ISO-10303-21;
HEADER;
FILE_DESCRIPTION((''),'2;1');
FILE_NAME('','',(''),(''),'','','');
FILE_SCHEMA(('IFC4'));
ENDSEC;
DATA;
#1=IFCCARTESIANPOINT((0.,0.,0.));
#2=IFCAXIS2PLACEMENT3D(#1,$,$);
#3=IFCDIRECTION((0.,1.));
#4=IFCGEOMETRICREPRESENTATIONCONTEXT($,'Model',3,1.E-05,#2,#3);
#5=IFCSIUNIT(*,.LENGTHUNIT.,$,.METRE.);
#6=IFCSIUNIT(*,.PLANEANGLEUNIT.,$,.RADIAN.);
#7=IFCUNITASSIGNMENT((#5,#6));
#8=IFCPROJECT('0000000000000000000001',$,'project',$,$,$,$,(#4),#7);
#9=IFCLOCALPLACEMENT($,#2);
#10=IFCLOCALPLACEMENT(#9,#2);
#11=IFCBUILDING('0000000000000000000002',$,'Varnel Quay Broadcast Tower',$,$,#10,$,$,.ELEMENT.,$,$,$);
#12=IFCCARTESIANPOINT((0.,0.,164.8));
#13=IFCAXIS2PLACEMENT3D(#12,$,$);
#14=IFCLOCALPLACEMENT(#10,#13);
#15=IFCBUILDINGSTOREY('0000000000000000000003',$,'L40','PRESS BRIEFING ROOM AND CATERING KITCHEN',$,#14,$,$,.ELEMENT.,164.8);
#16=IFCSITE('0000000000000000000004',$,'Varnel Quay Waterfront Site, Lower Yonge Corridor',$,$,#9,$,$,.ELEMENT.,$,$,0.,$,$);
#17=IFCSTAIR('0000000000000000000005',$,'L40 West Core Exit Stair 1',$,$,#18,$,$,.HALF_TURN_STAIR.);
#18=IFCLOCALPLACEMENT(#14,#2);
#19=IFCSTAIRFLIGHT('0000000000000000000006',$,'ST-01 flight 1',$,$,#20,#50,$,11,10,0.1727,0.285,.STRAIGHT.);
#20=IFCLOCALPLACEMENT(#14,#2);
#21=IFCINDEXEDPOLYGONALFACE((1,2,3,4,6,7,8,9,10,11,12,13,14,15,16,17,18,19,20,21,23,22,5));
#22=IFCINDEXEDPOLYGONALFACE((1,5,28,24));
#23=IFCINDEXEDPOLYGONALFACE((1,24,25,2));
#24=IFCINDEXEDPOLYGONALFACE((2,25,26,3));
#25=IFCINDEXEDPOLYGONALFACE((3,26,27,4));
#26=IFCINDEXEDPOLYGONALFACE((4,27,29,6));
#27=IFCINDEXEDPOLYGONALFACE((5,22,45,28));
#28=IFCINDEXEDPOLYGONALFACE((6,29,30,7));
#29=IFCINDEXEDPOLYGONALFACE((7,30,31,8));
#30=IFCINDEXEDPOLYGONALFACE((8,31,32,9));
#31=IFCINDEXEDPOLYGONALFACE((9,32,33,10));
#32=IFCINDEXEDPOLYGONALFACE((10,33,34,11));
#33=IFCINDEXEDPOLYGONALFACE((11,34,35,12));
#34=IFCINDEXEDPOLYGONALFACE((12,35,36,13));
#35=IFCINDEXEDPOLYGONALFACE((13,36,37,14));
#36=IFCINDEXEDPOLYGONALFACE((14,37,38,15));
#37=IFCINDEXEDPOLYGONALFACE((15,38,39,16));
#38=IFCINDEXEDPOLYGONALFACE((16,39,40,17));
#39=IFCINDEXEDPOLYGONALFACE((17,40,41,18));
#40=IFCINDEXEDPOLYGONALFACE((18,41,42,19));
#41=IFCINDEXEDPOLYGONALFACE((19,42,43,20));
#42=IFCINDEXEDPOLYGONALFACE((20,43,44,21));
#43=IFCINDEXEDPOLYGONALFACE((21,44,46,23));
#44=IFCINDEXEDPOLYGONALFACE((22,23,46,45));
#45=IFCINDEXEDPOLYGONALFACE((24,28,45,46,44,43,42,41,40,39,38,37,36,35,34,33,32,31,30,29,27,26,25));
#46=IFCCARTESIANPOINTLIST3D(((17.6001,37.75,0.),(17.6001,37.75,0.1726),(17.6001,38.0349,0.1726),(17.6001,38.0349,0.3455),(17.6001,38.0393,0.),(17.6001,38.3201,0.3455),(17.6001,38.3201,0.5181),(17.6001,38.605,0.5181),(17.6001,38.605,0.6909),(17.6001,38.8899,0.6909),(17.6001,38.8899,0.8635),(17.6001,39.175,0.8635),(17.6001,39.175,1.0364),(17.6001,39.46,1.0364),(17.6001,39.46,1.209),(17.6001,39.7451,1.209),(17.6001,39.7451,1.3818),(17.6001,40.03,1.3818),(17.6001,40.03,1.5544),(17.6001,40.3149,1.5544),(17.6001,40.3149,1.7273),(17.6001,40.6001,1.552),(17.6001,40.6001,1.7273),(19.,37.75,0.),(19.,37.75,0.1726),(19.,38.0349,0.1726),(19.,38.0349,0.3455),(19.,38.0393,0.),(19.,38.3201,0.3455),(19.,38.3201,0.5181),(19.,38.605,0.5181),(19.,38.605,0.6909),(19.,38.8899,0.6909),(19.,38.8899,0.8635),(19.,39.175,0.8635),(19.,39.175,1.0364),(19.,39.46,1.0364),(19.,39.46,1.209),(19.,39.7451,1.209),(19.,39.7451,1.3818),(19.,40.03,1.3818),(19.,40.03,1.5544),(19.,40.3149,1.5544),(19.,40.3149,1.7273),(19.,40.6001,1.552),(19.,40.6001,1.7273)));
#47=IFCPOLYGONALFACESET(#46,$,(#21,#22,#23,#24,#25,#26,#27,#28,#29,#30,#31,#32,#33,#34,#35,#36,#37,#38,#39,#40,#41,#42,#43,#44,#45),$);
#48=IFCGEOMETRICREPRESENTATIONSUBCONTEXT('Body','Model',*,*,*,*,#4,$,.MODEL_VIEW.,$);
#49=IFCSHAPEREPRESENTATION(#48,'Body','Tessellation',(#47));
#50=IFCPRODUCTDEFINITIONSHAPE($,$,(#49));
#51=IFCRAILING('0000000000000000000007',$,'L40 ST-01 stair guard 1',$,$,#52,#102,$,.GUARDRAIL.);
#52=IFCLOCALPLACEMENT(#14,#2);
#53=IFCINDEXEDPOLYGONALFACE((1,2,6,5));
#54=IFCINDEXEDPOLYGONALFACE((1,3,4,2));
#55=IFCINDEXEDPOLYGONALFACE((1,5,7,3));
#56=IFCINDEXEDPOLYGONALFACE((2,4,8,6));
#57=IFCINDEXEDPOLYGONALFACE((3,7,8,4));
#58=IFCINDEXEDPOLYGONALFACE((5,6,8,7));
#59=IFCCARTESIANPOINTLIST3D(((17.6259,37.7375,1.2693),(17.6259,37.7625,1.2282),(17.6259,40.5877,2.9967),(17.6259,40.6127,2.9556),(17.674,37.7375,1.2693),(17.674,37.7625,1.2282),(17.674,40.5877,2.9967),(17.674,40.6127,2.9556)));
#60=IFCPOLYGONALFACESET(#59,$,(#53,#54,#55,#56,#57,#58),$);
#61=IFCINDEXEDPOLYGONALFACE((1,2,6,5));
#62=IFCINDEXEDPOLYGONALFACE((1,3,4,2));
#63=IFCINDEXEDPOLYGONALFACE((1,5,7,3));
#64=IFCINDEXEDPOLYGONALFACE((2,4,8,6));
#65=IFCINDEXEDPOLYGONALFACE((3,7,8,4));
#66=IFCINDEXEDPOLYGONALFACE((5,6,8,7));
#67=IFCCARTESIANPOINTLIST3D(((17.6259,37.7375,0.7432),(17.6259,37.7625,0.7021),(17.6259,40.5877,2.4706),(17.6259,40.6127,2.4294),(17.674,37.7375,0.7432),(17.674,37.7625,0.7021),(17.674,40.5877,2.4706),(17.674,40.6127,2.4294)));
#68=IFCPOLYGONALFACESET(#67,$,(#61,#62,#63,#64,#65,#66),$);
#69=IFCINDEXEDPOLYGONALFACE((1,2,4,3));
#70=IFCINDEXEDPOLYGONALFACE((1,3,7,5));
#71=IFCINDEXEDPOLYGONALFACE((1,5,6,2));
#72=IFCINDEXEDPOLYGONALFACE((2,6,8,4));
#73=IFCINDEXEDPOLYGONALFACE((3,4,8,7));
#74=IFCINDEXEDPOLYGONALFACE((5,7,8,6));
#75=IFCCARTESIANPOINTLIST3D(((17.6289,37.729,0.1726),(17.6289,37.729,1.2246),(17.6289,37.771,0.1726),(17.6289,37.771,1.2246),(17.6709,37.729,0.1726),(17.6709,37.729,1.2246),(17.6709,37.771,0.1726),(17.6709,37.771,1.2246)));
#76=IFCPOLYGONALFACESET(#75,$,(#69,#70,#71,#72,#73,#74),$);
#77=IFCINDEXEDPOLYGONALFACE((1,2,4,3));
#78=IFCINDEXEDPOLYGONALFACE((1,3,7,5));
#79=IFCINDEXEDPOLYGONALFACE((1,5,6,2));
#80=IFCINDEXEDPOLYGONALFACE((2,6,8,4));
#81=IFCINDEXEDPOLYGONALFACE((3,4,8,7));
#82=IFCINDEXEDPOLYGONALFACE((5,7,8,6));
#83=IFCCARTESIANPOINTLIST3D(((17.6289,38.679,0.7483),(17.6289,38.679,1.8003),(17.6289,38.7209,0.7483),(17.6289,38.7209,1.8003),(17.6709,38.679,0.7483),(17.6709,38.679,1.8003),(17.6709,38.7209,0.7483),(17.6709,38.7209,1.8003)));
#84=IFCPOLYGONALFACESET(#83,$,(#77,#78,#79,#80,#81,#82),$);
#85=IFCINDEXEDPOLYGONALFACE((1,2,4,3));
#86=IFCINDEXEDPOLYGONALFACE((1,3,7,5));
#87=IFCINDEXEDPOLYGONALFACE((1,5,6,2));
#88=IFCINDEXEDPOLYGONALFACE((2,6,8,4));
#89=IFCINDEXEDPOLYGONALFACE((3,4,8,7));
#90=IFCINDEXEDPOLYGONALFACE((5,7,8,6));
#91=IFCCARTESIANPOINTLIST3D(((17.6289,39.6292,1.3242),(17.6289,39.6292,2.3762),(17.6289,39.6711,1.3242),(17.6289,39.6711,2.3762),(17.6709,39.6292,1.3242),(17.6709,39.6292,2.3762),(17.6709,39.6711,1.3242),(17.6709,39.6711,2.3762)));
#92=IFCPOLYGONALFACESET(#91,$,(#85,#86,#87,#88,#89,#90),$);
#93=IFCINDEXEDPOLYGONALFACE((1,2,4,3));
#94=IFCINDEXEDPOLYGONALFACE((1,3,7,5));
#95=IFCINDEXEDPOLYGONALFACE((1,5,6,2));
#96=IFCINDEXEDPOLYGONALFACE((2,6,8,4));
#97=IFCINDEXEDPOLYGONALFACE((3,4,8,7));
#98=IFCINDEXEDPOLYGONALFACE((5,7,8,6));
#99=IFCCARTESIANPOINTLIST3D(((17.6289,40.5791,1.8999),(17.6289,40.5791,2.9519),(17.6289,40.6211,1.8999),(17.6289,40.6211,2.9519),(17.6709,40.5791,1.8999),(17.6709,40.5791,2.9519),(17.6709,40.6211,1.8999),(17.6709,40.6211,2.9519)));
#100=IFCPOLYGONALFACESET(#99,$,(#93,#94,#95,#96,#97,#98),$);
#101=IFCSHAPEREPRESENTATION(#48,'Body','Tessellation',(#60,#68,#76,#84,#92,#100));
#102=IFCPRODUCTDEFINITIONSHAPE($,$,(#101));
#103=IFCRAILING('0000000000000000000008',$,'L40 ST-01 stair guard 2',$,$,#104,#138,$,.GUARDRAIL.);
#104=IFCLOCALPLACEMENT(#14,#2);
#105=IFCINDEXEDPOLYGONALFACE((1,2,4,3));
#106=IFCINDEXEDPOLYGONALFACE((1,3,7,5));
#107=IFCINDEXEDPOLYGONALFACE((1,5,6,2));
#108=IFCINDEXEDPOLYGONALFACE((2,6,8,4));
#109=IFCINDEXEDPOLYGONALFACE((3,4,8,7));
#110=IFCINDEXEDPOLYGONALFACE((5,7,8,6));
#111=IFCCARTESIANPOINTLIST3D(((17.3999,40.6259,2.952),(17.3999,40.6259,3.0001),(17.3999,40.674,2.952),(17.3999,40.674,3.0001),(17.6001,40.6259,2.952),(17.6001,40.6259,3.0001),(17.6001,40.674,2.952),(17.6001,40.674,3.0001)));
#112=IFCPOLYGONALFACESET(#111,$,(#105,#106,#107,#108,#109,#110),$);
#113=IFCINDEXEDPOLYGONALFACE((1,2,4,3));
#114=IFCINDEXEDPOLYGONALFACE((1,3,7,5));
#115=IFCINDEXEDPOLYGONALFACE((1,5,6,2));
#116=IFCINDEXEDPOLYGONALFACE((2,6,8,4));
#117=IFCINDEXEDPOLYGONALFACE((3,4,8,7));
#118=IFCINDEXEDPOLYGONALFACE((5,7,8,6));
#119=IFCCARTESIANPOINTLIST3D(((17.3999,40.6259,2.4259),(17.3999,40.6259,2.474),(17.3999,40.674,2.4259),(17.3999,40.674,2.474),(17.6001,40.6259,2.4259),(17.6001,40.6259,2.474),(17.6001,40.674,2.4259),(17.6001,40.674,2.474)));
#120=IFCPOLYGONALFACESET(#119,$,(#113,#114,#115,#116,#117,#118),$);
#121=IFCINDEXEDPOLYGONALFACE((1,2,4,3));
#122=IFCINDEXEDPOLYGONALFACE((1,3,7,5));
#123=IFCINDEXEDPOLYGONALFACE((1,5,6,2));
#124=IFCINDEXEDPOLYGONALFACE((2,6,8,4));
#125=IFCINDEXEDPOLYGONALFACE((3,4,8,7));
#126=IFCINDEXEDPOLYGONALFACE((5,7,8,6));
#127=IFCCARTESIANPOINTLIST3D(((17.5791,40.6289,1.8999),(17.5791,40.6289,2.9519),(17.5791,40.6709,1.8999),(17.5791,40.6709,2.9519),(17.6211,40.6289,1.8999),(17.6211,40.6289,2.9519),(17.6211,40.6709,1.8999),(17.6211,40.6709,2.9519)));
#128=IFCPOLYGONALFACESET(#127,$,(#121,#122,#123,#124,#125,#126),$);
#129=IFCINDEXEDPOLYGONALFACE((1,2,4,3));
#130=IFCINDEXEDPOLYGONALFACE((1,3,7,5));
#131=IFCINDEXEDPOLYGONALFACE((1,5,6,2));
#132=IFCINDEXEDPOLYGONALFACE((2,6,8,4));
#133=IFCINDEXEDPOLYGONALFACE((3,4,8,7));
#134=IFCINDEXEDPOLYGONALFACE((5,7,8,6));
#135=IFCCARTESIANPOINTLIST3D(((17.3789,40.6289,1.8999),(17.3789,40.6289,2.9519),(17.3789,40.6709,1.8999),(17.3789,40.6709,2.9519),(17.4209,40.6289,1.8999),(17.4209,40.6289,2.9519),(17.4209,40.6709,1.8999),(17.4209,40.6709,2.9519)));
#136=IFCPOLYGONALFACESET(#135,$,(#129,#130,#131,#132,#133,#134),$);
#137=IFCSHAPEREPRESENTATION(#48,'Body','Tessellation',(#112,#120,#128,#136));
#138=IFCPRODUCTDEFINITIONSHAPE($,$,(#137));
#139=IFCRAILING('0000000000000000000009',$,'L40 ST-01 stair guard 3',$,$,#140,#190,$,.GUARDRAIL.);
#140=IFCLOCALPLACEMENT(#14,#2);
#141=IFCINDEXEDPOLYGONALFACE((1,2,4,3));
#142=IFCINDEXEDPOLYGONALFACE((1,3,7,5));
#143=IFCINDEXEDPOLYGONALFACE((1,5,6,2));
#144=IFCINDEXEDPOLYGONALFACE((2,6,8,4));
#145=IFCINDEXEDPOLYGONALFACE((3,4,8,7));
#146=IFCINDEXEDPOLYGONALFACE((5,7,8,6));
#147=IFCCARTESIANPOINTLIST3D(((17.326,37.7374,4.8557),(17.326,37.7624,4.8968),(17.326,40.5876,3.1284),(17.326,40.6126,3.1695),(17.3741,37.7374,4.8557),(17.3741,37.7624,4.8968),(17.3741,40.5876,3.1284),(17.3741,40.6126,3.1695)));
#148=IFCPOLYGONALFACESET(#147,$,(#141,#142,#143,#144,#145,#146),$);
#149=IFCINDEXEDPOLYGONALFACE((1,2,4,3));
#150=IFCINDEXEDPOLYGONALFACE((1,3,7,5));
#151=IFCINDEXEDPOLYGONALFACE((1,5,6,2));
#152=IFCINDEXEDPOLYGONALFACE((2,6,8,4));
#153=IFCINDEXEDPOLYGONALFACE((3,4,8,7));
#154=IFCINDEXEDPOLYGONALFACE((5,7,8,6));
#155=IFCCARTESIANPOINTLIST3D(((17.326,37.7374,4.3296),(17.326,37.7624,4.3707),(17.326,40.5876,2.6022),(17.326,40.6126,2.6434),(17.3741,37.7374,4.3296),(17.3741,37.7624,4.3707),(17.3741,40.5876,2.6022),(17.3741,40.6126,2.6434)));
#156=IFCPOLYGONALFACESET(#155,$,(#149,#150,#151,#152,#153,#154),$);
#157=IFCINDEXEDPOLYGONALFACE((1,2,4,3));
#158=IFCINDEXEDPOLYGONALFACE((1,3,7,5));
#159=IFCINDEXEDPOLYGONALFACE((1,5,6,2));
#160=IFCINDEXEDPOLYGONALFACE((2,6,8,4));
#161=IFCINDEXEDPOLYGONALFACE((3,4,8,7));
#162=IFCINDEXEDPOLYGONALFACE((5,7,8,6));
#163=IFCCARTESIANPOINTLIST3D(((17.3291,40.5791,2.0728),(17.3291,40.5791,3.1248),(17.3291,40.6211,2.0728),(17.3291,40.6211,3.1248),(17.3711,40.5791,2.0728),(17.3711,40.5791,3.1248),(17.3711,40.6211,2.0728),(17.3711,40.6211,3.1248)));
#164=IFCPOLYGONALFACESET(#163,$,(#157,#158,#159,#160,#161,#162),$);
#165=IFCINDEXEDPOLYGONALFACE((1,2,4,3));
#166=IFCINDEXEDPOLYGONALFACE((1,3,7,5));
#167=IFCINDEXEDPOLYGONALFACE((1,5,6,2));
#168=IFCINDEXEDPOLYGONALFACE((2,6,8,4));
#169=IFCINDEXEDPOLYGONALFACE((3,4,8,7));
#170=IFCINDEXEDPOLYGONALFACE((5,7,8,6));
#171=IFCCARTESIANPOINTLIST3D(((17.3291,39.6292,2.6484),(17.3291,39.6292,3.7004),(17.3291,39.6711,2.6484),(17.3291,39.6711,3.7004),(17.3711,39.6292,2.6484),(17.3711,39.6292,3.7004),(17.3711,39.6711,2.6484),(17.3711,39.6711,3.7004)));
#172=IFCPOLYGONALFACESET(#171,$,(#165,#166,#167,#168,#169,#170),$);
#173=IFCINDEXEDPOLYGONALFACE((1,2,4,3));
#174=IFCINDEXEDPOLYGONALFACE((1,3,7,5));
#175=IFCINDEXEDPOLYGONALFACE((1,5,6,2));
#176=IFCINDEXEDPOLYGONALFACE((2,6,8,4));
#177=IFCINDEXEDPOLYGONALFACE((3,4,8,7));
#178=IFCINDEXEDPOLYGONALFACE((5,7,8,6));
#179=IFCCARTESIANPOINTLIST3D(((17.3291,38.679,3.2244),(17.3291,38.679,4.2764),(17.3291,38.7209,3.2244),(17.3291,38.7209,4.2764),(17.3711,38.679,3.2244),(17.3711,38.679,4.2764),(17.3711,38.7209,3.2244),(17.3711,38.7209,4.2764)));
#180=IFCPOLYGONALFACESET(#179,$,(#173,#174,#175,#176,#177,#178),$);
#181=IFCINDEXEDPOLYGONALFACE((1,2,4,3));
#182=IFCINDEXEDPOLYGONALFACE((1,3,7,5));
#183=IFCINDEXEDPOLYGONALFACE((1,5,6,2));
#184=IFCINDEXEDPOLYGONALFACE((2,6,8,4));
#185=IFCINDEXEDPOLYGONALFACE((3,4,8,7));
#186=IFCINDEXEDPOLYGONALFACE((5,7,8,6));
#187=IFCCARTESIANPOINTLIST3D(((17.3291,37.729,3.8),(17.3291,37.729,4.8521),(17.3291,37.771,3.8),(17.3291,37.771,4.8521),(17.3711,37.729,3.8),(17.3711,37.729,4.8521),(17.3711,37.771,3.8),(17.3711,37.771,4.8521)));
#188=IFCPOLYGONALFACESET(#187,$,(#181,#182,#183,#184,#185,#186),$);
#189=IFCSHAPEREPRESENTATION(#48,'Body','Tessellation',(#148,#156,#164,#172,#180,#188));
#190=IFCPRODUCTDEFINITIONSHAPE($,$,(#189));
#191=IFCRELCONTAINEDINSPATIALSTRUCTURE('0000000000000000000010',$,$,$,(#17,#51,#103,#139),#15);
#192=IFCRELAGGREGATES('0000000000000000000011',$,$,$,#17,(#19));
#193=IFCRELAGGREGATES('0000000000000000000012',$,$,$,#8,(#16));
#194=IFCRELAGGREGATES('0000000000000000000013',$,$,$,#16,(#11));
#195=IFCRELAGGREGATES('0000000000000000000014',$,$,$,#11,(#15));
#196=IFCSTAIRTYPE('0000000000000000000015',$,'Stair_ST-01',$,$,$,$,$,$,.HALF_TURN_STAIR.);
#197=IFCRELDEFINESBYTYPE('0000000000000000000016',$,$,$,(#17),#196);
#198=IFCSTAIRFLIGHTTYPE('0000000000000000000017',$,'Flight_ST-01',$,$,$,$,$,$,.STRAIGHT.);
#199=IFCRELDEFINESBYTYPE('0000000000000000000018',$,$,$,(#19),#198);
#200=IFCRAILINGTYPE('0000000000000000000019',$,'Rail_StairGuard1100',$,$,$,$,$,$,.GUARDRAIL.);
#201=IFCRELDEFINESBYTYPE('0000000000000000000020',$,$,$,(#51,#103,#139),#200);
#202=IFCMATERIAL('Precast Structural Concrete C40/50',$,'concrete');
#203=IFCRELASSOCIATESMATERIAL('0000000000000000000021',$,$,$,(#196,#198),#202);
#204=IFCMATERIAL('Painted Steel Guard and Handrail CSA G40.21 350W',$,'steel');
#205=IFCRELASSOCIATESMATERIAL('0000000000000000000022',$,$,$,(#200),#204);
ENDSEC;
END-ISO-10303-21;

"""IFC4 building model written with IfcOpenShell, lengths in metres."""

from ifc_helpers import new_model, si_unit, direction, frame, origin, origin_2d, place, context, subcontext, project, spatial, polyline, rectangle, outline, extrude, material, type_object, element, aggregate, save


model = new_model("IFC4")

# Units and contexts
model_context = context("Model", 3, precision=1e-05, world=origin(), true_north=direction((0.0, 1.0)))
body_context = subcontext(model_context, "Body", "Model", "MODEL_VIEW")
ifc_project = project(units=[si_unit("LENGTHUNIT", "METRE"), si_unit("PLANEANGLEUNIT", "RADIAN")], contexts=[model_context])

# Site, building, storey
site_placement = place(None, origin())
site = spatial("IfcSite", under=ifc_project, at=site_placement, Name="Varnel Quay Waterfront Site, Lower Yonge Corridor", CompositionType="ELEMENT", RefElevation=0.0)
building_placement = place(site_placement, origin())
building = spatial("IfcBuilding", under=site, at=building_placement, Name="Varnel Quay Broadcast Tower", CompositionType="ELEMENT")
storey_placement = place(building_placement, frame((0.0, 0.0, 164.8)))
storey = spatial("IfcBuildingStorey", under=building, at=storey_placement, Name="L40", Description="PRESS BRIEFING ROOM AND CATERING KITCHEN", CompositionType="ELEMENT", Elevation=164.8)

# Stair, stair flight
ifc_material_1 = material(Name="Precast Structural Concrete C40/50", Category="concrete")
stair_type = type_object("IfcStairType", Name="Stair_ST-01", PredefinedType="HALF_TURN_STAIR", material=ifc_material_1)
stair_placement = place(storey_placement, origin())
stair = element("IfcStair", 1, at=stair_placement, inside=storey, type_object=stair_type, Name="L40 West Core Exit Stair 1", PredefinedType="HALF_TURN_STAIR")
stair_flight_type = type_object("IfcStairFlightType", Name="Flight_ST-01", PredefinedType="STRAIGHT", material=ifc_material_1)
stair_flight_placement = place(storey_placement, frame((18.3, 37.75, 0.0), z_axis=(0.0, 0.0, 1.0), x_axis=(0.0, 1.0, 0.0)))
stair_flight = element("IfcStairFlight", 2, at=stair_flight_placement, type_object=stair_flight_type, Name="ST-01 flight 1", NumberOfRisers=11, NumberOfTreads=10, PredefinedType="STRAIGHT", RiserHeight=0.1727, TreadLength=0.285, context=body_context, shape_type="SweptSolid", body=[
    extrude(outline(polyline([(0.0, 0.0), (0.0, 0.1726), (0.2849, 0.1726), (0.2849, 0.3455), (0.5701, 0.3455), (0.5701, 0.5181), (0.855, 0.5181), (0.855, 0.6909), (1.1399, 0.6909), (1.1399, 0.8635), (1.425, 0.8635), (1.425, 1.0364), (1.71, 1.0364), (1.71, 1.209), (1.9951, 1.209), (1.9951, 1.3818), (2.28, 1.3818), (2.28, 1.5544), (2.5649, 1.5544), (2.5649, 1.7273), (2.8501, 1.7273), (2.8501, 1.8999), (2.8501, 1.552), (0.2893, 0.0), (0.0, 0.0)])), frame((0.0, 0.7, 0.0), z_axis=(0.0, -1.0, 0.0), x_axis=(1.0, 0.0, 0.0)), (0.0, 0.0, 1.0), 1.3999),
])
aggregate(stair, [stair_flight])

# Railings
ifc_material_2 = material(Name="Painted Steel Guard and Handrail CSA G40.21 350W", Category="steel")
railing_type_1 = type_object("IfcRailingType", Name="Rail_StairGuard1100", PredefinedType="GUARDRAIL", material=ifc_material_2)
railing_1_placement = place(storey_placement, frame((17.6499, 37.75, 0.1726)))
element("IfcRailing", 3, at=railing_1_placement, inside=storey, type_object=railing_type_1, Name="L40 ST-01 stair guard 1", PredefinedType="GUARDRAIL", context=body_context, shape_type="SweptSolid", body=[
    extrude(rectangle(XDim=0.0481, YDim=0.0481, at=origin_2d()), frame((0.0, 0.0, 1.0762), z_axis=(0.0, 0.855203, 0.518294), x_axis=(-1.0, 0.0, 0.0)), (0.0, 0.0, 1.0), 3.3328),
    extrude(rectangle(XDim=0.0481, YDim=0.0481, at=origin_2d()), frame((0.0, 0.0, 0.55), z_axis=(0.0, 0.855203, 0.518294), x_axis=(-1.0, 0.0, 0.0)), (0.0, 0.0, 1.0), 3.3328),
    extrude(rectangle(XDim=0.042, YDim=0.042, at=origin_2d()), origin(), (0.0, 0.0, 1.0), 1.052),
    extrude(rectangle(XDim=0.042, YDim=0.042, at=origin_2d()), frame((0.0, 0.95, 0.5757)), (0.0, 0.0, 1.0), 1.052),
    extrude(rectangle(XDim=0.042, YDim=0.042, at=origin_2d()), frame((0.0, 1.9001, 1.1516)), (0.0, 0.0, 1.0), 1.052),
    extrude(rectangle(XDim=0.042, YDim=0.042, at=origin_2d()), frame((0.0, 2.8501, 1.7273)), (0.0, 0.0, 1.0), 1.052),
])
railing_2_placement = place(storey_placement, frame((17.6001, 40.6499, 1.8999)))
element("IfcRailing", 4, at=railing_2_placement, inside=storey, type_object=railing_type_1, Name="L40 ST-01 stair guard 2", PredefinedType="GUARDRAIL", context=body_context, shape_type="SweptSolid", body=[
    extrude(rectangle(XDim=0.0481, YDim=0.0481, at=origin_2d()), frame((0.0, 0.0, 1.0762), z_axis=(-1.0, 0.0, 0.0), x_axis=(0.0, -1.0, 0.0)), (0.0, 0.0, 1.0), 0.2002),
    extrude(rectangle(XDim=0.0481, YDim=0.0481, at=origin_2d()), frame((0.0, 0.0, 0.55), z_axis=(-1.0, 0.0, 0.0), x_axis=(0.0, -1.0, 0.0)), (0.0, 0.0, 1.0), 0.2002),
    extrude(rectangle(XDim=0.042, YDim=0.042, at=origin_2d()), origin(), (0.0, 0.0, 1.0), 1.052),
    extrude(rectangle(XDim=0.042, YDim=0.042, at=origin_2d()), frame((-0.2002, 0.0, 0.0)), (0.0, 0.0, 1.0), 1.052),
])
railing_3_placement = place(storey_placement, frame((17.3501, 40.6001, 2.0728)))
element("IfcRailing", 5, at=railing_3_placement, inside=storey, type_object=railing_type_1, Name="L40 ST-01 stair guard 3", PredefinedType="GUARDRAIL", context=body_context, shape_type="SweptSolid", body=[
    extrude(rectangle(XDim=0.0481, YDim=0.0481, at=origin_2d()), frame((0.0, 0.0, 1.0762), z_axis=(0.0, -0.855203, 0.518294), x_axis=(1.0, 0.0, 0.0)), (0.0, 0.0, 1.0), 3.3328),
    extrude(rectangle(XDim=0.0481, YDim=0.0481, at=origin_2d()), frame((0.0, 0.0, 0.55), z_axis=(0.0, -0.855203, 0.518294), x_axis=(1.0, 0.0, 0.0)), (0.0, 0.0, 1.0), 3.3328),
    extrude(rectangle(XDim=0.042, YDim=0.042, at=origin_2d()), origin(), (0.0, 0.0, 1.0), 1.052),
    extrude(rectangle(XDim=0.042, YDim=0.042, at=origin_2d()), frame((0.0, -0.95, 0.5757)), (0.0, 0.0, 1.0), 1.052),
    extrude(rectangle(XDim=0.042, YDim=0.042, at=origin_2d()), frame((0.0, -1.9001, 1.1516)), (0.0, 0.0, 1.0), 1.052),
    extrude(rectangle(XDim=0.042, YDim=0.042, at=origin_2d()), frame((0.0, -2.8501, 1.7273)), (0.0, 0.0, 1.0), 1.052),
])

save(model, "model.ifc")
